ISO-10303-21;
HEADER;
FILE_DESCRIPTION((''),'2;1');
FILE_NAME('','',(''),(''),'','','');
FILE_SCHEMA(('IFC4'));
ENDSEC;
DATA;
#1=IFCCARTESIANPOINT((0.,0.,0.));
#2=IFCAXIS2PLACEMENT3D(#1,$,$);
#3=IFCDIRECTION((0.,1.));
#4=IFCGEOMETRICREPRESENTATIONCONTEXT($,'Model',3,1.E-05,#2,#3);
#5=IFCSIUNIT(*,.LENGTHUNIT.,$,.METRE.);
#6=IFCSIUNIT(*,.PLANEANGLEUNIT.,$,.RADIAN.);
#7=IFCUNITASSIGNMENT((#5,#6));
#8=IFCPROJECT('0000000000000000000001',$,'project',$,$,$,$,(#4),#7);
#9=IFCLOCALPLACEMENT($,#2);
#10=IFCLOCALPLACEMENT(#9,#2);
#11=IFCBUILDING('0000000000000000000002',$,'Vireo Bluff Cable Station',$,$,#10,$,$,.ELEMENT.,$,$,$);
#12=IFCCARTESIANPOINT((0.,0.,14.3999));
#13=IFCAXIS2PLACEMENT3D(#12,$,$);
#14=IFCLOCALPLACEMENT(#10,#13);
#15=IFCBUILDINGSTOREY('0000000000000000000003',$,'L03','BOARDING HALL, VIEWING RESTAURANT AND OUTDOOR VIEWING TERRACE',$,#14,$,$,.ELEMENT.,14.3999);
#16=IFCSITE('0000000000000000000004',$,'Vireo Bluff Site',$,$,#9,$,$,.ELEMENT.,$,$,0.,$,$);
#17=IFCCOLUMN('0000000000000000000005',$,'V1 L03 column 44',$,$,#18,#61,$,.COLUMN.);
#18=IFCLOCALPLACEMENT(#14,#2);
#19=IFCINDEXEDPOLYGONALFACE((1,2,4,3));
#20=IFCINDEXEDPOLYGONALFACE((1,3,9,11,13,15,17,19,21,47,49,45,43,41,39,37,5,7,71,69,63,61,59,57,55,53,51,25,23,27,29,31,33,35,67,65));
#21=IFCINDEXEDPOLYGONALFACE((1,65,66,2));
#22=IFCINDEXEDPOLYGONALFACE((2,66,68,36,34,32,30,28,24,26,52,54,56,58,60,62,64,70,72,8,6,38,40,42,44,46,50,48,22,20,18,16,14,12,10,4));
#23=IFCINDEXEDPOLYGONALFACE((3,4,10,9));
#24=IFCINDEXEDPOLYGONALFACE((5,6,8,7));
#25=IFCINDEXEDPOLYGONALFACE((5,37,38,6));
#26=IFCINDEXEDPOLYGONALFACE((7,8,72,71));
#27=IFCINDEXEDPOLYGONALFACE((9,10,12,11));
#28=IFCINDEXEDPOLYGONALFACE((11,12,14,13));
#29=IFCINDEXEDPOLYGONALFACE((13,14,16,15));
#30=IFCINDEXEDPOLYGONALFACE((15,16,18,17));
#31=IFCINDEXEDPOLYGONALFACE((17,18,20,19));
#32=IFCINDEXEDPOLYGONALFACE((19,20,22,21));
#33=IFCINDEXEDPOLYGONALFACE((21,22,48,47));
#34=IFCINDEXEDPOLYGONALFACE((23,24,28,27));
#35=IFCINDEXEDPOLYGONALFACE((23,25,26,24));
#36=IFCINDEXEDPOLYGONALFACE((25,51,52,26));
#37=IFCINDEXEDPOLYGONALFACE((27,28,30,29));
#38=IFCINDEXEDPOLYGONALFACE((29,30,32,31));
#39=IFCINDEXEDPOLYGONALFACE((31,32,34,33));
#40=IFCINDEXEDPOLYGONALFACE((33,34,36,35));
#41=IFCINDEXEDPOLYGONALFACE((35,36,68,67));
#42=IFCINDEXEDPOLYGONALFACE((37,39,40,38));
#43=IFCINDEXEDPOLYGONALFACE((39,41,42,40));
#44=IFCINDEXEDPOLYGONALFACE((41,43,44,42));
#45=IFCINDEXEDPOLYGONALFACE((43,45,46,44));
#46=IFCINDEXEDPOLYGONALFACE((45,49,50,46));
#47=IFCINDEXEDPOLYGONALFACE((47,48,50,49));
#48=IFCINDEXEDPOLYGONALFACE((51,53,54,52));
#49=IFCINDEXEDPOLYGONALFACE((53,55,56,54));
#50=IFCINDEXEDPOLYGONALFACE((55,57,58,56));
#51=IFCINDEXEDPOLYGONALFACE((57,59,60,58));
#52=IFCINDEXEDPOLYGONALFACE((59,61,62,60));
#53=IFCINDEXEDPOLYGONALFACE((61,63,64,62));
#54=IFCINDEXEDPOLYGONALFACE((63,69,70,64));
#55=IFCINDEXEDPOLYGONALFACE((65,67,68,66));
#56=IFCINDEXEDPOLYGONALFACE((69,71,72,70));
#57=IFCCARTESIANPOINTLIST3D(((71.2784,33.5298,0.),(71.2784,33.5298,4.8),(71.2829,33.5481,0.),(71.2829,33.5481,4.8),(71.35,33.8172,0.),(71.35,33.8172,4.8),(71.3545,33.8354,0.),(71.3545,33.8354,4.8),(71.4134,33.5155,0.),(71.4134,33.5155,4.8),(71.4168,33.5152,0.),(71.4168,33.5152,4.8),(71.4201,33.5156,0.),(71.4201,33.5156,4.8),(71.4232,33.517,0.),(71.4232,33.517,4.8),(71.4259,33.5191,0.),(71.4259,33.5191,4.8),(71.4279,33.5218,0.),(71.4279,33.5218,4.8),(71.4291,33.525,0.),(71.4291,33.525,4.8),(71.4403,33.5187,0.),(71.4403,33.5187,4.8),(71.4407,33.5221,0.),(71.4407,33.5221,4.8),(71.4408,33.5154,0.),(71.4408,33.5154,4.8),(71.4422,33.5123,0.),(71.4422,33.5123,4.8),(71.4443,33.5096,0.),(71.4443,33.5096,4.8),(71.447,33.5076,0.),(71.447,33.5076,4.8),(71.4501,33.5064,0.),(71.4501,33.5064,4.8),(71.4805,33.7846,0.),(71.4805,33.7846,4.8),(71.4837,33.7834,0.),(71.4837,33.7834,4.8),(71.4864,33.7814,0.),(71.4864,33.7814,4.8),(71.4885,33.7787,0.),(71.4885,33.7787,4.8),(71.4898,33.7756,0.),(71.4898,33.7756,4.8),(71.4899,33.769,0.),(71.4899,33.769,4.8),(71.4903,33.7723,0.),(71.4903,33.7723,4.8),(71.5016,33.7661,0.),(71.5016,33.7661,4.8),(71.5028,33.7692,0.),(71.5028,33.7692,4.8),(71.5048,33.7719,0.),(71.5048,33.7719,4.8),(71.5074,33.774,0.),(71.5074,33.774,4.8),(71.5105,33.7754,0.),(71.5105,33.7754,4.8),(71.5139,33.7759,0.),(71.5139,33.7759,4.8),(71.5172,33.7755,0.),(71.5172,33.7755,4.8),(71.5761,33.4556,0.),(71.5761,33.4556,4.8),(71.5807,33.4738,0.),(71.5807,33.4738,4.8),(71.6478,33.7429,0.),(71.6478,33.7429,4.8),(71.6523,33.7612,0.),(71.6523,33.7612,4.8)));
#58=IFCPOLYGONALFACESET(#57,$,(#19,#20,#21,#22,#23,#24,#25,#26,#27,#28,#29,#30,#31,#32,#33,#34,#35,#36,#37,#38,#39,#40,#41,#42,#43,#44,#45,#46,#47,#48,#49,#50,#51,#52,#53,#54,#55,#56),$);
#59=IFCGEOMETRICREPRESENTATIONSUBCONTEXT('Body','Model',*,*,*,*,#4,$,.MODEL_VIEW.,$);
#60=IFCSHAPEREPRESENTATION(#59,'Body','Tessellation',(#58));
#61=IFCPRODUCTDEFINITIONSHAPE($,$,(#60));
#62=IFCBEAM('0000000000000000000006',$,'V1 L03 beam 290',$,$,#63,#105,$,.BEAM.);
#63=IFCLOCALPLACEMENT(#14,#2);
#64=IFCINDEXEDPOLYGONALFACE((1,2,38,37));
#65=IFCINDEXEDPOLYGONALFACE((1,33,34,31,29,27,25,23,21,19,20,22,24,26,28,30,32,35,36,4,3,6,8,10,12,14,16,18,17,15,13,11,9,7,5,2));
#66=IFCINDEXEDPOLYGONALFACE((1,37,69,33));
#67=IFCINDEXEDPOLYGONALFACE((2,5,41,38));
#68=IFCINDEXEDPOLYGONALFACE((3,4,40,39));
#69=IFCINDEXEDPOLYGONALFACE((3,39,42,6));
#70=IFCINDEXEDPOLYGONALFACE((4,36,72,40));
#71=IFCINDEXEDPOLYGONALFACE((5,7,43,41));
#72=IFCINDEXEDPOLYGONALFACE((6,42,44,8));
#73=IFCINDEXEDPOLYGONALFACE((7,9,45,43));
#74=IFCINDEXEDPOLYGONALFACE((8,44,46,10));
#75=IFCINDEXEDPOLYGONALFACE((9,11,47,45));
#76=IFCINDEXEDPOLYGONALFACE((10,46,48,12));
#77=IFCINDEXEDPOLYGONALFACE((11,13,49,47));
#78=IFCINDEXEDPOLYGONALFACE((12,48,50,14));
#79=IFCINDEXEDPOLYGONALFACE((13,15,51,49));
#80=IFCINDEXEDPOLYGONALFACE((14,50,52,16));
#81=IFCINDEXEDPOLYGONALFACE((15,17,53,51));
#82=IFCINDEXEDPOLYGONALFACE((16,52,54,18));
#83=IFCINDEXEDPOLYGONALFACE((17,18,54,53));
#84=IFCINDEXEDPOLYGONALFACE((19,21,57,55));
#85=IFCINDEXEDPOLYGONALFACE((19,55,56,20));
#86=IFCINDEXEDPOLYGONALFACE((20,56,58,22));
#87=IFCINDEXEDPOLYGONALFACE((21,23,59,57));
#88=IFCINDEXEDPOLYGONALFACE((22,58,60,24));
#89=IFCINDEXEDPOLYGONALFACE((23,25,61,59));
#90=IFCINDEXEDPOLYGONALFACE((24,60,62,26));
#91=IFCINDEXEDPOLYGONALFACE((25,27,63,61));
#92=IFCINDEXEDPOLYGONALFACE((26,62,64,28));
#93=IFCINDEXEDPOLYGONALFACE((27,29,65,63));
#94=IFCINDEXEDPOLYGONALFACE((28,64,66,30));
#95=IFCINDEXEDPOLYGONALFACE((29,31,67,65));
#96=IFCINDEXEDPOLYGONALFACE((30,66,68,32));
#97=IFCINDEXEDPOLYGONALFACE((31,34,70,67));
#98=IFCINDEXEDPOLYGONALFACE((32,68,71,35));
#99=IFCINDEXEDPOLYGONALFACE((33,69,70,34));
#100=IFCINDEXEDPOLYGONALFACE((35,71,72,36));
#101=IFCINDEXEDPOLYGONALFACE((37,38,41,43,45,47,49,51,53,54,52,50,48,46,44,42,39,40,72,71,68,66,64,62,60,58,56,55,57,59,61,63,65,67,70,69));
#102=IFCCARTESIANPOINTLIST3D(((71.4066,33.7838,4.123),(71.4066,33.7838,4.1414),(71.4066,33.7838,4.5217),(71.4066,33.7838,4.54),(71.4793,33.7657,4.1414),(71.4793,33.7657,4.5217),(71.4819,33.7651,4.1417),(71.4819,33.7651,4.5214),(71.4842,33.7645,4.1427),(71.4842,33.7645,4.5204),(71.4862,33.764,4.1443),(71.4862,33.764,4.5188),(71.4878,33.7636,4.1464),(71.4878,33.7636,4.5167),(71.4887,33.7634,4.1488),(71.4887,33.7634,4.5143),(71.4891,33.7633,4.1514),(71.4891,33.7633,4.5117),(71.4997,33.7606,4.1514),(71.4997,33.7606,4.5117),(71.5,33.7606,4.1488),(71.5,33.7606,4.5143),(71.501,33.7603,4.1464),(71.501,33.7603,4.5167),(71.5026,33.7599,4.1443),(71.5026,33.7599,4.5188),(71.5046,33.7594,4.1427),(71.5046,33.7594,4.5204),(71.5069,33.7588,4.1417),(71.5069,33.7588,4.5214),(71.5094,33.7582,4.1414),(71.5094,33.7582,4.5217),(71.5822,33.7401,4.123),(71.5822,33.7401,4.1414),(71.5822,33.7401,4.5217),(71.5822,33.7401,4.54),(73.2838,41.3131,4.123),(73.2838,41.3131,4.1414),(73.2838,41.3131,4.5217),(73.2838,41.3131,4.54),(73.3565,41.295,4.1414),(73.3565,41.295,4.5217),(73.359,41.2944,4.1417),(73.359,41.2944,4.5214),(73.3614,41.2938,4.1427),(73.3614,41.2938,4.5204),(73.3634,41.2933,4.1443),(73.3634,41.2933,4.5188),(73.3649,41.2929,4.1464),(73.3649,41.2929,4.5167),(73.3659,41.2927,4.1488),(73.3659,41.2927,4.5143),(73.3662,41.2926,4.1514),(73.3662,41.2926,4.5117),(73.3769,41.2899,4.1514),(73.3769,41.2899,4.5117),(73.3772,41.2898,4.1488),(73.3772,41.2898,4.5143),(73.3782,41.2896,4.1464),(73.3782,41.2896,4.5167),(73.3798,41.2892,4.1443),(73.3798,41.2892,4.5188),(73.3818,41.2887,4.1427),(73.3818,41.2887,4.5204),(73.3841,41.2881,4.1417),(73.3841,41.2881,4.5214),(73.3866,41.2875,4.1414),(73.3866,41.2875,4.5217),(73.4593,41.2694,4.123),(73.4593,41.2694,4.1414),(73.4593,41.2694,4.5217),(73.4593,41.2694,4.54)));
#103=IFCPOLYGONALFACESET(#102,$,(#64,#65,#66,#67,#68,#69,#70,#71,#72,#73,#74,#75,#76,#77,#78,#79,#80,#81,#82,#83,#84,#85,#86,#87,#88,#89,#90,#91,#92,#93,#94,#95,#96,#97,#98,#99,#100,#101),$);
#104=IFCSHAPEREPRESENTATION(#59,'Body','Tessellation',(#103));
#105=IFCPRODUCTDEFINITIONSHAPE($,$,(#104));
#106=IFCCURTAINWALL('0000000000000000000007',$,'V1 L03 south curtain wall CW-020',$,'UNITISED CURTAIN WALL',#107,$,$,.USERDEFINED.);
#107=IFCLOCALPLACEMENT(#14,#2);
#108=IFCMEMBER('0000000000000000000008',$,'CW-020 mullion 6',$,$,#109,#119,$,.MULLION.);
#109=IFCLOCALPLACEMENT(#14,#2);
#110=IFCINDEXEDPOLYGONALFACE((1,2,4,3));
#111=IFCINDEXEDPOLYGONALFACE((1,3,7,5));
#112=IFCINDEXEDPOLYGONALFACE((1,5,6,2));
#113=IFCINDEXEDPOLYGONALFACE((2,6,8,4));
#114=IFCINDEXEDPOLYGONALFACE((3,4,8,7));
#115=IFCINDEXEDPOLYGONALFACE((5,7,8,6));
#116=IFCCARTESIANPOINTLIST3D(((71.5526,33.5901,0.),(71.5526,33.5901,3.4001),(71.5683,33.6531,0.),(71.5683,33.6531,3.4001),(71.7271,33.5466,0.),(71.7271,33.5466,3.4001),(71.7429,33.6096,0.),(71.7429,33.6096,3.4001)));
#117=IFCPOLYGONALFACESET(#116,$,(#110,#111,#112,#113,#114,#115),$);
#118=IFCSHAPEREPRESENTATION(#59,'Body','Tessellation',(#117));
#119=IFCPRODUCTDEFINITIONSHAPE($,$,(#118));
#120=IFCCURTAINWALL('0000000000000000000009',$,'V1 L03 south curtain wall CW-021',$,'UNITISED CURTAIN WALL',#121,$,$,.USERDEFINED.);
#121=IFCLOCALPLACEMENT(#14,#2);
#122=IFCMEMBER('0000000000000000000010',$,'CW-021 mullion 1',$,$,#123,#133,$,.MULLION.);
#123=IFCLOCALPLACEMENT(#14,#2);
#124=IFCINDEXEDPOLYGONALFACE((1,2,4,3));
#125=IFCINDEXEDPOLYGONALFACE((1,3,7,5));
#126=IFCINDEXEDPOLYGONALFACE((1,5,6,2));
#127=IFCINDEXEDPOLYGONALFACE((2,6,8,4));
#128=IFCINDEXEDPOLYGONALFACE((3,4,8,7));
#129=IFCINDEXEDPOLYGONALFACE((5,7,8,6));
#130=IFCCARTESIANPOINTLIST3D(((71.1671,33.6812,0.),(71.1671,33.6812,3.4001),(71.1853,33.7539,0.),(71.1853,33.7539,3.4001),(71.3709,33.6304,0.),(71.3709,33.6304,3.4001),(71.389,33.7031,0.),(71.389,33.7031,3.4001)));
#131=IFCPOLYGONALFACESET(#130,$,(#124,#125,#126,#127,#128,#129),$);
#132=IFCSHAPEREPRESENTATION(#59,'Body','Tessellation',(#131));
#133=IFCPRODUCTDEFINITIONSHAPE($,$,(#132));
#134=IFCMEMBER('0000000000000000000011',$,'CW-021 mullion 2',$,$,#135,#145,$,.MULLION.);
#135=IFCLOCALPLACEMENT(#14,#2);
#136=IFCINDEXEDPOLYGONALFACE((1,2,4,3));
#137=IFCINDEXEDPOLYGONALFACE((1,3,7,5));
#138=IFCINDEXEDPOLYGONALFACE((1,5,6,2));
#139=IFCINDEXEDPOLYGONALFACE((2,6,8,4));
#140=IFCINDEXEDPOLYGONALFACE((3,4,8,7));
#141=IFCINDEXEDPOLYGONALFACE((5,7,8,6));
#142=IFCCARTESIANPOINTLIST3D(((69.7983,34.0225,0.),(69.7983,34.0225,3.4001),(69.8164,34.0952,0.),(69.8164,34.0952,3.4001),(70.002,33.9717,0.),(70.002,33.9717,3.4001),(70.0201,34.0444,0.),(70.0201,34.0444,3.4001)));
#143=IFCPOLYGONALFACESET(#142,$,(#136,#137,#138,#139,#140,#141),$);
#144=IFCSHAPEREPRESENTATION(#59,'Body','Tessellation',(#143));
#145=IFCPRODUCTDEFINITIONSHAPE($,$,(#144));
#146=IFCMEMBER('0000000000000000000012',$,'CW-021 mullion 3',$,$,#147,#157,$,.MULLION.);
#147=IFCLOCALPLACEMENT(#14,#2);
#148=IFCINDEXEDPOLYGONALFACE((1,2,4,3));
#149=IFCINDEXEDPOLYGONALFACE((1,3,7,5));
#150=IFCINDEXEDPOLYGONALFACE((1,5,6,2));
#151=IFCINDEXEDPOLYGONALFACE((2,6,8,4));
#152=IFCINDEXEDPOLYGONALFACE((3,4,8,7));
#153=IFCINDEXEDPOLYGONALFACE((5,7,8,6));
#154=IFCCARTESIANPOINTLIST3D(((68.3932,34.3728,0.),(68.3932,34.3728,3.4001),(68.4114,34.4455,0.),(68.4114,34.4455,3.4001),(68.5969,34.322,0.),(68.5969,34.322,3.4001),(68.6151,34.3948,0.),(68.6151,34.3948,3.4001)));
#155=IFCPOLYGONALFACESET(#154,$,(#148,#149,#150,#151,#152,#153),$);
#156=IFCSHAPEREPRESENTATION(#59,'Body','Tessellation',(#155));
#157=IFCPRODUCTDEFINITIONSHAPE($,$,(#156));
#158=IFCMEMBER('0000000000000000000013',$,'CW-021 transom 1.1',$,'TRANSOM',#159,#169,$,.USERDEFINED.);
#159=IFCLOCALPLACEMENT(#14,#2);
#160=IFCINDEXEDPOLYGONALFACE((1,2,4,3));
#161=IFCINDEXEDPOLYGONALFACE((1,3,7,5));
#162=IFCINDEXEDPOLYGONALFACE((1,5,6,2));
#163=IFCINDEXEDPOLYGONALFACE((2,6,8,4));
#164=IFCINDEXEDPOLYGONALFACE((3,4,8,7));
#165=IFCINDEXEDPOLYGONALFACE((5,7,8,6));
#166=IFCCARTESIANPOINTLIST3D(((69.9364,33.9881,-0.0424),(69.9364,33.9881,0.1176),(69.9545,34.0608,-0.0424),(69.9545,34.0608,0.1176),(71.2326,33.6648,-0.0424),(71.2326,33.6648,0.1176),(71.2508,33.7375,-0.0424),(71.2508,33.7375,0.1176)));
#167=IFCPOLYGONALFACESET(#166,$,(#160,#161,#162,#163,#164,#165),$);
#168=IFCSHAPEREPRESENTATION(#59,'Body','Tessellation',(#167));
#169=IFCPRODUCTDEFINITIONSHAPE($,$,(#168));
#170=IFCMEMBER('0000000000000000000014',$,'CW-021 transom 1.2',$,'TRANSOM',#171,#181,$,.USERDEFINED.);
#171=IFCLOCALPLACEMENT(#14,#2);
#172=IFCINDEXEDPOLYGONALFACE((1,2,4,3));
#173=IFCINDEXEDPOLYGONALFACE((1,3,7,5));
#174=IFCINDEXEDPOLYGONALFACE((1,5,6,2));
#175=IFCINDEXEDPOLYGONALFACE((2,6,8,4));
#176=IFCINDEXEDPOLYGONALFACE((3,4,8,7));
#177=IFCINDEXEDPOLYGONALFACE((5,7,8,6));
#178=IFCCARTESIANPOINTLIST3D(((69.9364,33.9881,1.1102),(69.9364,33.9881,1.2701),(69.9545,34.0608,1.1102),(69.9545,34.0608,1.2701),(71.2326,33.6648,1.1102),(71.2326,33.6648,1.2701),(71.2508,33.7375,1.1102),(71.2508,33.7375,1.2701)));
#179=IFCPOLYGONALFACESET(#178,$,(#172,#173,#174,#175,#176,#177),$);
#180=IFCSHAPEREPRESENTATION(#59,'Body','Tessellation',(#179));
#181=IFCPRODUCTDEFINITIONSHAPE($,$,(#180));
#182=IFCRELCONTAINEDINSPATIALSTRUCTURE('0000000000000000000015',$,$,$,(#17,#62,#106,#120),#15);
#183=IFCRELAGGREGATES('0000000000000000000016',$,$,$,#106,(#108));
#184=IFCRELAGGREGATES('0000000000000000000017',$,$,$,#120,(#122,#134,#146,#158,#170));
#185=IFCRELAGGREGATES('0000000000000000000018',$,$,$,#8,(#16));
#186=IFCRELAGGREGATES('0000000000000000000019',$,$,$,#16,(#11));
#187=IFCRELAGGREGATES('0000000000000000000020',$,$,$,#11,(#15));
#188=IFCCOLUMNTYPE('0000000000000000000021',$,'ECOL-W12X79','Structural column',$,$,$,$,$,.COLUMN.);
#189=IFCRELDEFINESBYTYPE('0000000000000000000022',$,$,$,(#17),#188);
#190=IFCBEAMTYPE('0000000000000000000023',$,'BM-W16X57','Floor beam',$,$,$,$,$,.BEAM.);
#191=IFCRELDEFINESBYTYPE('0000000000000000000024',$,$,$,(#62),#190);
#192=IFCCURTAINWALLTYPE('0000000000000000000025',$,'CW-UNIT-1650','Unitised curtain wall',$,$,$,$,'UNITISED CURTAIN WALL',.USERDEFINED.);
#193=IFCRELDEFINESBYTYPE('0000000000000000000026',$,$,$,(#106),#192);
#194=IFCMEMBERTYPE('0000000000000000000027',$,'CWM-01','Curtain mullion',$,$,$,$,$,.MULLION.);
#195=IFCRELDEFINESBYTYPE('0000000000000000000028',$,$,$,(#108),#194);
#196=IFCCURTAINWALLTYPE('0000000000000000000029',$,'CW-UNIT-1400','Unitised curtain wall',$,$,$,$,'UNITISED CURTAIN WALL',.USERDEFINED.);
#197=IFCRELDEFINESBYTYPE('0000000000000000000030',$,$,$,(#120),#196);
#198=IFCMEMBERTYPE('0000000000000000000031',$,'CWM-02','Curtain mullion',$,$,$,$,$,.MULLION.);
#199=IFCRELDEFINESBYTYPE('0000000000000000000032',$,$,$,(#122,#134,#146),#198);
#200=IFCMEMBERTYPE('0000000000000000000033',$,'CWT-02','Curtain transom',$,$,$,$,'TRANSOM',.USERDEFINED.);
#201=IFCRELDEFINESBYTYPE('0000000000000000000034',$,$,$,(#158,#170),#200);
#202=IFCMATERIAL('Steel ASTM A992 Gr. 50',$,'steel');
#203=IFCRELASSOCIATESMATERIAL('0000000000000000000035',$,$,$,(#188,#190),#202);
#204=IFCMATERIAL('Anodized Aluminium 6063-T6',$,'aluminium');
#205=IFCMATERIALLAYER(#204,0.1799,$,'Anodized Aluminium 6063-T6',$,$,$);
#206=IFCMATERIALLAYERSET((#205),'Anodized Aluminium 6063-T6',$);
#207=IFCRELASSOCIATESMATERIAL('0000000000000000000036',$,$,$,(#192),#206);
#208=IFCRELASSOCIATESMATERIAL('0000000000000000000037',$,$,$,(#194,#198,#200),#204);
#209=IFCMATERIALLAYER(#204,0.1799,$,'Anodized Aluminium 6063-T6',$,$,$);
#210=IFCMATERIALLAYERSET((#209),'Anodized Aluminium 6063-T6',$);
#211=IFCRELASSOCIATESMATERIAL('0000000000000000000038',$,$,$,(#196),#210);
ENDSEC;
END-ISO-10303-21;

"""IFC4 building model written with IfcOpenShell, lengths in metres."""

from ifc_helpers import new_model, si_unit, direction, frame, origin, origin_2d, place, context, subcontext, project, spatial, rectangle, i_section, extrude, material, layer, layer_set, material_profile, profile_set, type_object, element, aggregate, save


model = new_model("IFC4")

# Units and contexts
model_context = context("Model", 3, precision=1e-05, world=origin(), true_north=direction((0.0, 1.0)))
body_context = subcontext(model_context, "Body", "Model", "MODEL_VIEW")
ifc_project = project(units=[si_unit("LENGTHUNIT", "METRE"), si_unit("PLANEANGLEUNIT", "RADIAN")], contexts=[model_context])

# Site, building, storey
site_placement = place(None, origin())
site = spatial("IfcSite", under=ifc_project, at=site_placement, Name="Vireo Bluff Site", CompositionType="ELEMENT", RefElevation=0.0)
building_placement = place(site_placement, origin())
building = spatial("IfcBuilding", under=site, at=building_placement, Name="Vireo Bluff Cable Station", CompositionType="ELEMENT")
storey_placement = place(building_placement, frame((0.0, 0.0, 14.3999)))
storey = spatial("IfcBuildingStorey", under=building, at=storey_placement, Name="L03", Description="BOARDING HALL, VIEWING RESTAURANT AND OUTDOOR VIEWING TERRACE", CompositionType="ELEMENT", Elevation=14.3999)

# Column
ifc_material_1 = material(Name="Steel ASTM A992 Gr. 50", Category="steel")
ifc_material_profile_1 = material_profile(ifc_material_1, i_section(OverallWidth=0.3069, OverallDepth=0.3149, WebThickness=0.012, FlangeThickness=0.0188, FilletRadius=0.0129, at=origin_2d()), Name="W12X79")
ifc_profile_set_1 = profile_set([ifc_material_profile_1], Name="Steel ASTM A992 Gr. 50")
column_type = type_object("IfcColumnType", Name="ECOL-W12X79", Description="Structural column", PredefinedType="COLUMN", material=ifc_profile_set_1)
column_placement = place(storey_placement, frame((71.4653, 33.6455, 0.0), z_axis=(0.0, 0.0, 1.0), x_axis=(0.970296, -0.241922, 0.0)))
element("IfcColumn", 1, at=column_placement, inside=storey, type_object=column_type, Name="V1 L03 column 44", PredefinedType="COLUMN", context=body_context, shape_type="SweptSolid", body=[
    extrude(i_section(OverallWidth=0.3069, OverallDepth=0.3149, WebThickness=0.012, FlangeThickness=0.0188, FilletRadius=0.0129, at=origin_2d()), origin(), (0.0, 0.0, 1.0), 4.8),
])

# Beam
ifc_material_profile_2 = material_profile(ifc_material_1, i_section(OverallWidth=0.1809, OverallDepth=0.417, WebThickness=0.011, FlangeThickness=0.0183, FilletRadius=0.01, at=origin_2d()), Name="W16X57")
ifc_profile_set_2 = profile_set([ifc_material_profile_2], Name="Steel ASTM A992 Gr. 50")
beam_type_1 = type_object("IfcBeamType", Name="BM-W16X57", Description="Floor beam", PredefinedType="BEAM", material=ifc_profile_set_2)
beam_1_placement = place(storey_placement, frame((71.4944, 33.762, 4.3315), z_axis=(0.241914, 0.970298, 0.0), x_axis=(-0.970298, 0.241914, 0.0)))
element("IfcBeam", 2, at=beam_1_placement, inside=storey, type_object=beam_type_1, Name="V1 L03 beam 290", PredefinedType="BEAM", context=body_context, shape_type="SweptSolid", body=[
    extrude(i_section(OverallWidth=0.1809, OverallDepth=0.417, WebThickness=0.011, FlangeThickness=0.0183, FilletRadius=0.01, at=origin_2d()), origin(), (0.0, 0.0, 1.0), 7.7598),
])

# Curtain wall, member
ifc_material_2 = material(Name="Anodized Aluminium 6063-T6", Category="aluminium")
ifc_layer_1 = layer(ifc_material_2, 0.1799, Name="Anodized Aluminium 6063-T6")
ifc_layer_set_1 = layer_set([ifc_layer_1], Name="Anodized Aluminium 6063-T6")
curtain_wall_type_1 = type_object("IfcCurtainWallType", Name="CW-UNIT-1650", Description="Unitised curtain wall", ElementType="UNITISED CURTAIN WALL", PredefinedType="USERDEFINED", material=ifc_layer_set_1)
curtain_wall_1_placement = place(storey_placement, origin())
curtain_wall_1 = element("IfcCurtainWall", 3, at=curtain_wall_1_placement, inside=storey, type_object=curtain_wall_type_1, Name="V1 L03 south curtain wall CW-020", ObjectType="UNITISED CURTAIN WALL", PredefinedType="USERDEFINED")
ifc_material_profile_3 = material_profile(ifc_material_2, rectangle(XDim=0.0649, YDim=0.1799, at=origin_2d()), Name="ALU-M-65X180")
ifc_profile_set_3 = profile_set([ifc_material_profile_3], Name="Anodized Aluminium 6063-T6")
member_type_1 = type_object("IfcMemberType", Name="CWM-01", Description="Curtain mullion", PredefinedType="MULLION", material=ifc_profile_set_3)
member_1_placement = place(storey_placement, frame((71.6477, 33.5999, 0.0), z_axis=(0.0, 0.0, 1.0), x_axis=(-0.241922, -0.970296, 0.0)))
member_1 = element("IfcMember", 4, at=member_1_placement, type_object=member_type_1, Name="CW-020 mullion 6", PredefinedType="MULLION", context=body_context, shape_type="SweptSolid", body=[
    extrude(rectangle(XDim=0.0649, YDim=0.1799, at=origin_2d()), origin(), (0.0, 0.0, 1.0), 3.4001),
])
aggregate(curtain_wall_1, [member_1])

# Curtain wall, members
ifc_layer_2 = layer(ifc_material_2, 0.1799, Name="Anodized Aluminium 6063-T6")
ifc_layer_set_2 = layer_set([ifc_layer_2], Name="Anodized Aluminium 6063-T6")
curtain_wall_type_2 = type_object("IfcCurtainWallType", Name="CW-UNIT-1400", Description="Unitised curtain wall", ElementType="UNITISED CURTAIN WALL", PredefinedType="USERDEFINED", material=ifc_layer_set_2)
curtain_wall_2_placement = place(storey_placement, origin())
curtain_wall_2 = element("IfcCurtainWall", 5, at=curtain_wall_2_placement, inside=storey, type_object=curtain_wall_type_2, Name="V1 L03 south curtain wall CW-021", ObjectType="UNITISED CURTAIN WALL", PredefinedType="USERDEFINED")
ifc_material_profile_4 = material_profile(ifc_material_2, rectangle(XDim=0.075, YDim=0.21, at=origin_2d()), Name="ALU-M-75X210")
ifc_profile_set_4 = profile_set([ifc_material_profile_4], Name="Anodized Aluminium 6063-T6")
member_type_2 = type_object("IfcMemberType", Name="CWM-02", Description="Curtain mullion", PredefinedType="MULLION", material=ifc_profile_set_4)
member_2_placement = place(storey_placement, frame((71.2781, 33.6921, 0.0), z_axis=(0.0, 0.0, 1.0), x_axis=(-0.241922, -0.970296, 0.0)))
member_2 = element("IfcMember", 6, at=member_2_placement, type_object=member_type_2, Name="CW-021 mullion 1", PredefinedType="MULLION", context=body_context, shape_type="SweptSolid", body=[
    extrude(rectangle(XDim=0.075, YDim=0.21, at=origin_2d()), origin(), (0.0, 0.0, 1.0), 3.4001),
])
member_3_placement = place(storey_placement, frame((69.9092, 34.0334, 0.0), z_axis=(0.0, 0.0, 1.0), x_axis=(-0.241922, -0.970296, 0.0)))
member_3 = element("IfcMember", 7, at=member_3_placement, type_object=member_type_2, Name="CW-021 mullion 2", PredefinedType="MULLION", context=body_context, shape_type="SweptSolid", body=[
    extrude(rectangle(XDim=0.075, YDim=0.21, at=origin_2d()), origin(), (0.0, 0.0, 1.0), 3.4001),
])
member_4_placement = place(storey_placement, frame((68.5042, 34.3838, 0.0), z_axis=(0.0, 0.0, 1.0), x_axis=(-0.241922, -0.970296, 0.0)))
member_4 = element("IfcMember", 8, at=member_4_placement, type_object=member_type_2, Name="CW-021 mullion 3", PredefinedType="MULLION", context=body_context, shape_type="SweptSolid", body=[
    extrude(rectangle(XDim=0.075, YDim=0.21, at=origin_2d()), origin(), (0.0, 0.0, 1.0), 3.4001),
])
ifc_material_profile_5 = material_profile(ifc_material_2, rectangle(XDim=0.075, YDim=0.1599, at=origin_2d()), Name="ALU-T-75X160")
ifc_profile_set_5 = profile_set([ifc_material_profile_5], Name="Anodized Aluminium 6063-T6")
member_type_3 = type_object("IfcMemberType", Name="CWT-02", Description="Curtain transom", ElementType="TRANSOM", PredefinedType="USERDEFINED", material=ifc_profile_set_5)
member_5_placement = place(storey_placement, frame((71.2417, 33.7012, 0.0376), z_axis=(-0.970282, 0.241977, 0.0), x_axis=(-0.241977, -0.970282, 0.0)))
member_5 = element("IfcMember", 9, at=member_5_placement, type_object=member_type_3, Name="CW-021 transom 1.1", ObjectType="TRANSOM", PredefinedType="USERDEFINED", context=body_context, shape_type="SweptSolid", body=[
    extrude(rectangle(XDim=0.075, YDim=0.1599, at=origin_2d()), origin(), (0.0, 0.0, 1.0), 1.3359),
])
member_6_placement = place(storey_placement, frame((71.2417, 33.7012, 1.1902), z_axis=(-0.970282, 0.241977, 0.0), x_axis=(-0.241977, -0.970282, 0.0)))
member_6 = element("IfcMember", 10, at=member_6_placement, type_object=member_type_3, Name="CW-021 transom 1.2", ObjectType="TRANSOM", PredefinedType="USERDEFINED", context=body_context, shape_type="SweptSolid", body=[
    extrude(rectangle(XDim=0.075, YDim=0.1599, at=origin_2d()), origin(), (0.0, 0.0, 1.0), 1.3359),
])

aggregate(curtain_wall_2, [member_2, member_3, member_4, member_5, member_6])

save(model, "model.ifc")
